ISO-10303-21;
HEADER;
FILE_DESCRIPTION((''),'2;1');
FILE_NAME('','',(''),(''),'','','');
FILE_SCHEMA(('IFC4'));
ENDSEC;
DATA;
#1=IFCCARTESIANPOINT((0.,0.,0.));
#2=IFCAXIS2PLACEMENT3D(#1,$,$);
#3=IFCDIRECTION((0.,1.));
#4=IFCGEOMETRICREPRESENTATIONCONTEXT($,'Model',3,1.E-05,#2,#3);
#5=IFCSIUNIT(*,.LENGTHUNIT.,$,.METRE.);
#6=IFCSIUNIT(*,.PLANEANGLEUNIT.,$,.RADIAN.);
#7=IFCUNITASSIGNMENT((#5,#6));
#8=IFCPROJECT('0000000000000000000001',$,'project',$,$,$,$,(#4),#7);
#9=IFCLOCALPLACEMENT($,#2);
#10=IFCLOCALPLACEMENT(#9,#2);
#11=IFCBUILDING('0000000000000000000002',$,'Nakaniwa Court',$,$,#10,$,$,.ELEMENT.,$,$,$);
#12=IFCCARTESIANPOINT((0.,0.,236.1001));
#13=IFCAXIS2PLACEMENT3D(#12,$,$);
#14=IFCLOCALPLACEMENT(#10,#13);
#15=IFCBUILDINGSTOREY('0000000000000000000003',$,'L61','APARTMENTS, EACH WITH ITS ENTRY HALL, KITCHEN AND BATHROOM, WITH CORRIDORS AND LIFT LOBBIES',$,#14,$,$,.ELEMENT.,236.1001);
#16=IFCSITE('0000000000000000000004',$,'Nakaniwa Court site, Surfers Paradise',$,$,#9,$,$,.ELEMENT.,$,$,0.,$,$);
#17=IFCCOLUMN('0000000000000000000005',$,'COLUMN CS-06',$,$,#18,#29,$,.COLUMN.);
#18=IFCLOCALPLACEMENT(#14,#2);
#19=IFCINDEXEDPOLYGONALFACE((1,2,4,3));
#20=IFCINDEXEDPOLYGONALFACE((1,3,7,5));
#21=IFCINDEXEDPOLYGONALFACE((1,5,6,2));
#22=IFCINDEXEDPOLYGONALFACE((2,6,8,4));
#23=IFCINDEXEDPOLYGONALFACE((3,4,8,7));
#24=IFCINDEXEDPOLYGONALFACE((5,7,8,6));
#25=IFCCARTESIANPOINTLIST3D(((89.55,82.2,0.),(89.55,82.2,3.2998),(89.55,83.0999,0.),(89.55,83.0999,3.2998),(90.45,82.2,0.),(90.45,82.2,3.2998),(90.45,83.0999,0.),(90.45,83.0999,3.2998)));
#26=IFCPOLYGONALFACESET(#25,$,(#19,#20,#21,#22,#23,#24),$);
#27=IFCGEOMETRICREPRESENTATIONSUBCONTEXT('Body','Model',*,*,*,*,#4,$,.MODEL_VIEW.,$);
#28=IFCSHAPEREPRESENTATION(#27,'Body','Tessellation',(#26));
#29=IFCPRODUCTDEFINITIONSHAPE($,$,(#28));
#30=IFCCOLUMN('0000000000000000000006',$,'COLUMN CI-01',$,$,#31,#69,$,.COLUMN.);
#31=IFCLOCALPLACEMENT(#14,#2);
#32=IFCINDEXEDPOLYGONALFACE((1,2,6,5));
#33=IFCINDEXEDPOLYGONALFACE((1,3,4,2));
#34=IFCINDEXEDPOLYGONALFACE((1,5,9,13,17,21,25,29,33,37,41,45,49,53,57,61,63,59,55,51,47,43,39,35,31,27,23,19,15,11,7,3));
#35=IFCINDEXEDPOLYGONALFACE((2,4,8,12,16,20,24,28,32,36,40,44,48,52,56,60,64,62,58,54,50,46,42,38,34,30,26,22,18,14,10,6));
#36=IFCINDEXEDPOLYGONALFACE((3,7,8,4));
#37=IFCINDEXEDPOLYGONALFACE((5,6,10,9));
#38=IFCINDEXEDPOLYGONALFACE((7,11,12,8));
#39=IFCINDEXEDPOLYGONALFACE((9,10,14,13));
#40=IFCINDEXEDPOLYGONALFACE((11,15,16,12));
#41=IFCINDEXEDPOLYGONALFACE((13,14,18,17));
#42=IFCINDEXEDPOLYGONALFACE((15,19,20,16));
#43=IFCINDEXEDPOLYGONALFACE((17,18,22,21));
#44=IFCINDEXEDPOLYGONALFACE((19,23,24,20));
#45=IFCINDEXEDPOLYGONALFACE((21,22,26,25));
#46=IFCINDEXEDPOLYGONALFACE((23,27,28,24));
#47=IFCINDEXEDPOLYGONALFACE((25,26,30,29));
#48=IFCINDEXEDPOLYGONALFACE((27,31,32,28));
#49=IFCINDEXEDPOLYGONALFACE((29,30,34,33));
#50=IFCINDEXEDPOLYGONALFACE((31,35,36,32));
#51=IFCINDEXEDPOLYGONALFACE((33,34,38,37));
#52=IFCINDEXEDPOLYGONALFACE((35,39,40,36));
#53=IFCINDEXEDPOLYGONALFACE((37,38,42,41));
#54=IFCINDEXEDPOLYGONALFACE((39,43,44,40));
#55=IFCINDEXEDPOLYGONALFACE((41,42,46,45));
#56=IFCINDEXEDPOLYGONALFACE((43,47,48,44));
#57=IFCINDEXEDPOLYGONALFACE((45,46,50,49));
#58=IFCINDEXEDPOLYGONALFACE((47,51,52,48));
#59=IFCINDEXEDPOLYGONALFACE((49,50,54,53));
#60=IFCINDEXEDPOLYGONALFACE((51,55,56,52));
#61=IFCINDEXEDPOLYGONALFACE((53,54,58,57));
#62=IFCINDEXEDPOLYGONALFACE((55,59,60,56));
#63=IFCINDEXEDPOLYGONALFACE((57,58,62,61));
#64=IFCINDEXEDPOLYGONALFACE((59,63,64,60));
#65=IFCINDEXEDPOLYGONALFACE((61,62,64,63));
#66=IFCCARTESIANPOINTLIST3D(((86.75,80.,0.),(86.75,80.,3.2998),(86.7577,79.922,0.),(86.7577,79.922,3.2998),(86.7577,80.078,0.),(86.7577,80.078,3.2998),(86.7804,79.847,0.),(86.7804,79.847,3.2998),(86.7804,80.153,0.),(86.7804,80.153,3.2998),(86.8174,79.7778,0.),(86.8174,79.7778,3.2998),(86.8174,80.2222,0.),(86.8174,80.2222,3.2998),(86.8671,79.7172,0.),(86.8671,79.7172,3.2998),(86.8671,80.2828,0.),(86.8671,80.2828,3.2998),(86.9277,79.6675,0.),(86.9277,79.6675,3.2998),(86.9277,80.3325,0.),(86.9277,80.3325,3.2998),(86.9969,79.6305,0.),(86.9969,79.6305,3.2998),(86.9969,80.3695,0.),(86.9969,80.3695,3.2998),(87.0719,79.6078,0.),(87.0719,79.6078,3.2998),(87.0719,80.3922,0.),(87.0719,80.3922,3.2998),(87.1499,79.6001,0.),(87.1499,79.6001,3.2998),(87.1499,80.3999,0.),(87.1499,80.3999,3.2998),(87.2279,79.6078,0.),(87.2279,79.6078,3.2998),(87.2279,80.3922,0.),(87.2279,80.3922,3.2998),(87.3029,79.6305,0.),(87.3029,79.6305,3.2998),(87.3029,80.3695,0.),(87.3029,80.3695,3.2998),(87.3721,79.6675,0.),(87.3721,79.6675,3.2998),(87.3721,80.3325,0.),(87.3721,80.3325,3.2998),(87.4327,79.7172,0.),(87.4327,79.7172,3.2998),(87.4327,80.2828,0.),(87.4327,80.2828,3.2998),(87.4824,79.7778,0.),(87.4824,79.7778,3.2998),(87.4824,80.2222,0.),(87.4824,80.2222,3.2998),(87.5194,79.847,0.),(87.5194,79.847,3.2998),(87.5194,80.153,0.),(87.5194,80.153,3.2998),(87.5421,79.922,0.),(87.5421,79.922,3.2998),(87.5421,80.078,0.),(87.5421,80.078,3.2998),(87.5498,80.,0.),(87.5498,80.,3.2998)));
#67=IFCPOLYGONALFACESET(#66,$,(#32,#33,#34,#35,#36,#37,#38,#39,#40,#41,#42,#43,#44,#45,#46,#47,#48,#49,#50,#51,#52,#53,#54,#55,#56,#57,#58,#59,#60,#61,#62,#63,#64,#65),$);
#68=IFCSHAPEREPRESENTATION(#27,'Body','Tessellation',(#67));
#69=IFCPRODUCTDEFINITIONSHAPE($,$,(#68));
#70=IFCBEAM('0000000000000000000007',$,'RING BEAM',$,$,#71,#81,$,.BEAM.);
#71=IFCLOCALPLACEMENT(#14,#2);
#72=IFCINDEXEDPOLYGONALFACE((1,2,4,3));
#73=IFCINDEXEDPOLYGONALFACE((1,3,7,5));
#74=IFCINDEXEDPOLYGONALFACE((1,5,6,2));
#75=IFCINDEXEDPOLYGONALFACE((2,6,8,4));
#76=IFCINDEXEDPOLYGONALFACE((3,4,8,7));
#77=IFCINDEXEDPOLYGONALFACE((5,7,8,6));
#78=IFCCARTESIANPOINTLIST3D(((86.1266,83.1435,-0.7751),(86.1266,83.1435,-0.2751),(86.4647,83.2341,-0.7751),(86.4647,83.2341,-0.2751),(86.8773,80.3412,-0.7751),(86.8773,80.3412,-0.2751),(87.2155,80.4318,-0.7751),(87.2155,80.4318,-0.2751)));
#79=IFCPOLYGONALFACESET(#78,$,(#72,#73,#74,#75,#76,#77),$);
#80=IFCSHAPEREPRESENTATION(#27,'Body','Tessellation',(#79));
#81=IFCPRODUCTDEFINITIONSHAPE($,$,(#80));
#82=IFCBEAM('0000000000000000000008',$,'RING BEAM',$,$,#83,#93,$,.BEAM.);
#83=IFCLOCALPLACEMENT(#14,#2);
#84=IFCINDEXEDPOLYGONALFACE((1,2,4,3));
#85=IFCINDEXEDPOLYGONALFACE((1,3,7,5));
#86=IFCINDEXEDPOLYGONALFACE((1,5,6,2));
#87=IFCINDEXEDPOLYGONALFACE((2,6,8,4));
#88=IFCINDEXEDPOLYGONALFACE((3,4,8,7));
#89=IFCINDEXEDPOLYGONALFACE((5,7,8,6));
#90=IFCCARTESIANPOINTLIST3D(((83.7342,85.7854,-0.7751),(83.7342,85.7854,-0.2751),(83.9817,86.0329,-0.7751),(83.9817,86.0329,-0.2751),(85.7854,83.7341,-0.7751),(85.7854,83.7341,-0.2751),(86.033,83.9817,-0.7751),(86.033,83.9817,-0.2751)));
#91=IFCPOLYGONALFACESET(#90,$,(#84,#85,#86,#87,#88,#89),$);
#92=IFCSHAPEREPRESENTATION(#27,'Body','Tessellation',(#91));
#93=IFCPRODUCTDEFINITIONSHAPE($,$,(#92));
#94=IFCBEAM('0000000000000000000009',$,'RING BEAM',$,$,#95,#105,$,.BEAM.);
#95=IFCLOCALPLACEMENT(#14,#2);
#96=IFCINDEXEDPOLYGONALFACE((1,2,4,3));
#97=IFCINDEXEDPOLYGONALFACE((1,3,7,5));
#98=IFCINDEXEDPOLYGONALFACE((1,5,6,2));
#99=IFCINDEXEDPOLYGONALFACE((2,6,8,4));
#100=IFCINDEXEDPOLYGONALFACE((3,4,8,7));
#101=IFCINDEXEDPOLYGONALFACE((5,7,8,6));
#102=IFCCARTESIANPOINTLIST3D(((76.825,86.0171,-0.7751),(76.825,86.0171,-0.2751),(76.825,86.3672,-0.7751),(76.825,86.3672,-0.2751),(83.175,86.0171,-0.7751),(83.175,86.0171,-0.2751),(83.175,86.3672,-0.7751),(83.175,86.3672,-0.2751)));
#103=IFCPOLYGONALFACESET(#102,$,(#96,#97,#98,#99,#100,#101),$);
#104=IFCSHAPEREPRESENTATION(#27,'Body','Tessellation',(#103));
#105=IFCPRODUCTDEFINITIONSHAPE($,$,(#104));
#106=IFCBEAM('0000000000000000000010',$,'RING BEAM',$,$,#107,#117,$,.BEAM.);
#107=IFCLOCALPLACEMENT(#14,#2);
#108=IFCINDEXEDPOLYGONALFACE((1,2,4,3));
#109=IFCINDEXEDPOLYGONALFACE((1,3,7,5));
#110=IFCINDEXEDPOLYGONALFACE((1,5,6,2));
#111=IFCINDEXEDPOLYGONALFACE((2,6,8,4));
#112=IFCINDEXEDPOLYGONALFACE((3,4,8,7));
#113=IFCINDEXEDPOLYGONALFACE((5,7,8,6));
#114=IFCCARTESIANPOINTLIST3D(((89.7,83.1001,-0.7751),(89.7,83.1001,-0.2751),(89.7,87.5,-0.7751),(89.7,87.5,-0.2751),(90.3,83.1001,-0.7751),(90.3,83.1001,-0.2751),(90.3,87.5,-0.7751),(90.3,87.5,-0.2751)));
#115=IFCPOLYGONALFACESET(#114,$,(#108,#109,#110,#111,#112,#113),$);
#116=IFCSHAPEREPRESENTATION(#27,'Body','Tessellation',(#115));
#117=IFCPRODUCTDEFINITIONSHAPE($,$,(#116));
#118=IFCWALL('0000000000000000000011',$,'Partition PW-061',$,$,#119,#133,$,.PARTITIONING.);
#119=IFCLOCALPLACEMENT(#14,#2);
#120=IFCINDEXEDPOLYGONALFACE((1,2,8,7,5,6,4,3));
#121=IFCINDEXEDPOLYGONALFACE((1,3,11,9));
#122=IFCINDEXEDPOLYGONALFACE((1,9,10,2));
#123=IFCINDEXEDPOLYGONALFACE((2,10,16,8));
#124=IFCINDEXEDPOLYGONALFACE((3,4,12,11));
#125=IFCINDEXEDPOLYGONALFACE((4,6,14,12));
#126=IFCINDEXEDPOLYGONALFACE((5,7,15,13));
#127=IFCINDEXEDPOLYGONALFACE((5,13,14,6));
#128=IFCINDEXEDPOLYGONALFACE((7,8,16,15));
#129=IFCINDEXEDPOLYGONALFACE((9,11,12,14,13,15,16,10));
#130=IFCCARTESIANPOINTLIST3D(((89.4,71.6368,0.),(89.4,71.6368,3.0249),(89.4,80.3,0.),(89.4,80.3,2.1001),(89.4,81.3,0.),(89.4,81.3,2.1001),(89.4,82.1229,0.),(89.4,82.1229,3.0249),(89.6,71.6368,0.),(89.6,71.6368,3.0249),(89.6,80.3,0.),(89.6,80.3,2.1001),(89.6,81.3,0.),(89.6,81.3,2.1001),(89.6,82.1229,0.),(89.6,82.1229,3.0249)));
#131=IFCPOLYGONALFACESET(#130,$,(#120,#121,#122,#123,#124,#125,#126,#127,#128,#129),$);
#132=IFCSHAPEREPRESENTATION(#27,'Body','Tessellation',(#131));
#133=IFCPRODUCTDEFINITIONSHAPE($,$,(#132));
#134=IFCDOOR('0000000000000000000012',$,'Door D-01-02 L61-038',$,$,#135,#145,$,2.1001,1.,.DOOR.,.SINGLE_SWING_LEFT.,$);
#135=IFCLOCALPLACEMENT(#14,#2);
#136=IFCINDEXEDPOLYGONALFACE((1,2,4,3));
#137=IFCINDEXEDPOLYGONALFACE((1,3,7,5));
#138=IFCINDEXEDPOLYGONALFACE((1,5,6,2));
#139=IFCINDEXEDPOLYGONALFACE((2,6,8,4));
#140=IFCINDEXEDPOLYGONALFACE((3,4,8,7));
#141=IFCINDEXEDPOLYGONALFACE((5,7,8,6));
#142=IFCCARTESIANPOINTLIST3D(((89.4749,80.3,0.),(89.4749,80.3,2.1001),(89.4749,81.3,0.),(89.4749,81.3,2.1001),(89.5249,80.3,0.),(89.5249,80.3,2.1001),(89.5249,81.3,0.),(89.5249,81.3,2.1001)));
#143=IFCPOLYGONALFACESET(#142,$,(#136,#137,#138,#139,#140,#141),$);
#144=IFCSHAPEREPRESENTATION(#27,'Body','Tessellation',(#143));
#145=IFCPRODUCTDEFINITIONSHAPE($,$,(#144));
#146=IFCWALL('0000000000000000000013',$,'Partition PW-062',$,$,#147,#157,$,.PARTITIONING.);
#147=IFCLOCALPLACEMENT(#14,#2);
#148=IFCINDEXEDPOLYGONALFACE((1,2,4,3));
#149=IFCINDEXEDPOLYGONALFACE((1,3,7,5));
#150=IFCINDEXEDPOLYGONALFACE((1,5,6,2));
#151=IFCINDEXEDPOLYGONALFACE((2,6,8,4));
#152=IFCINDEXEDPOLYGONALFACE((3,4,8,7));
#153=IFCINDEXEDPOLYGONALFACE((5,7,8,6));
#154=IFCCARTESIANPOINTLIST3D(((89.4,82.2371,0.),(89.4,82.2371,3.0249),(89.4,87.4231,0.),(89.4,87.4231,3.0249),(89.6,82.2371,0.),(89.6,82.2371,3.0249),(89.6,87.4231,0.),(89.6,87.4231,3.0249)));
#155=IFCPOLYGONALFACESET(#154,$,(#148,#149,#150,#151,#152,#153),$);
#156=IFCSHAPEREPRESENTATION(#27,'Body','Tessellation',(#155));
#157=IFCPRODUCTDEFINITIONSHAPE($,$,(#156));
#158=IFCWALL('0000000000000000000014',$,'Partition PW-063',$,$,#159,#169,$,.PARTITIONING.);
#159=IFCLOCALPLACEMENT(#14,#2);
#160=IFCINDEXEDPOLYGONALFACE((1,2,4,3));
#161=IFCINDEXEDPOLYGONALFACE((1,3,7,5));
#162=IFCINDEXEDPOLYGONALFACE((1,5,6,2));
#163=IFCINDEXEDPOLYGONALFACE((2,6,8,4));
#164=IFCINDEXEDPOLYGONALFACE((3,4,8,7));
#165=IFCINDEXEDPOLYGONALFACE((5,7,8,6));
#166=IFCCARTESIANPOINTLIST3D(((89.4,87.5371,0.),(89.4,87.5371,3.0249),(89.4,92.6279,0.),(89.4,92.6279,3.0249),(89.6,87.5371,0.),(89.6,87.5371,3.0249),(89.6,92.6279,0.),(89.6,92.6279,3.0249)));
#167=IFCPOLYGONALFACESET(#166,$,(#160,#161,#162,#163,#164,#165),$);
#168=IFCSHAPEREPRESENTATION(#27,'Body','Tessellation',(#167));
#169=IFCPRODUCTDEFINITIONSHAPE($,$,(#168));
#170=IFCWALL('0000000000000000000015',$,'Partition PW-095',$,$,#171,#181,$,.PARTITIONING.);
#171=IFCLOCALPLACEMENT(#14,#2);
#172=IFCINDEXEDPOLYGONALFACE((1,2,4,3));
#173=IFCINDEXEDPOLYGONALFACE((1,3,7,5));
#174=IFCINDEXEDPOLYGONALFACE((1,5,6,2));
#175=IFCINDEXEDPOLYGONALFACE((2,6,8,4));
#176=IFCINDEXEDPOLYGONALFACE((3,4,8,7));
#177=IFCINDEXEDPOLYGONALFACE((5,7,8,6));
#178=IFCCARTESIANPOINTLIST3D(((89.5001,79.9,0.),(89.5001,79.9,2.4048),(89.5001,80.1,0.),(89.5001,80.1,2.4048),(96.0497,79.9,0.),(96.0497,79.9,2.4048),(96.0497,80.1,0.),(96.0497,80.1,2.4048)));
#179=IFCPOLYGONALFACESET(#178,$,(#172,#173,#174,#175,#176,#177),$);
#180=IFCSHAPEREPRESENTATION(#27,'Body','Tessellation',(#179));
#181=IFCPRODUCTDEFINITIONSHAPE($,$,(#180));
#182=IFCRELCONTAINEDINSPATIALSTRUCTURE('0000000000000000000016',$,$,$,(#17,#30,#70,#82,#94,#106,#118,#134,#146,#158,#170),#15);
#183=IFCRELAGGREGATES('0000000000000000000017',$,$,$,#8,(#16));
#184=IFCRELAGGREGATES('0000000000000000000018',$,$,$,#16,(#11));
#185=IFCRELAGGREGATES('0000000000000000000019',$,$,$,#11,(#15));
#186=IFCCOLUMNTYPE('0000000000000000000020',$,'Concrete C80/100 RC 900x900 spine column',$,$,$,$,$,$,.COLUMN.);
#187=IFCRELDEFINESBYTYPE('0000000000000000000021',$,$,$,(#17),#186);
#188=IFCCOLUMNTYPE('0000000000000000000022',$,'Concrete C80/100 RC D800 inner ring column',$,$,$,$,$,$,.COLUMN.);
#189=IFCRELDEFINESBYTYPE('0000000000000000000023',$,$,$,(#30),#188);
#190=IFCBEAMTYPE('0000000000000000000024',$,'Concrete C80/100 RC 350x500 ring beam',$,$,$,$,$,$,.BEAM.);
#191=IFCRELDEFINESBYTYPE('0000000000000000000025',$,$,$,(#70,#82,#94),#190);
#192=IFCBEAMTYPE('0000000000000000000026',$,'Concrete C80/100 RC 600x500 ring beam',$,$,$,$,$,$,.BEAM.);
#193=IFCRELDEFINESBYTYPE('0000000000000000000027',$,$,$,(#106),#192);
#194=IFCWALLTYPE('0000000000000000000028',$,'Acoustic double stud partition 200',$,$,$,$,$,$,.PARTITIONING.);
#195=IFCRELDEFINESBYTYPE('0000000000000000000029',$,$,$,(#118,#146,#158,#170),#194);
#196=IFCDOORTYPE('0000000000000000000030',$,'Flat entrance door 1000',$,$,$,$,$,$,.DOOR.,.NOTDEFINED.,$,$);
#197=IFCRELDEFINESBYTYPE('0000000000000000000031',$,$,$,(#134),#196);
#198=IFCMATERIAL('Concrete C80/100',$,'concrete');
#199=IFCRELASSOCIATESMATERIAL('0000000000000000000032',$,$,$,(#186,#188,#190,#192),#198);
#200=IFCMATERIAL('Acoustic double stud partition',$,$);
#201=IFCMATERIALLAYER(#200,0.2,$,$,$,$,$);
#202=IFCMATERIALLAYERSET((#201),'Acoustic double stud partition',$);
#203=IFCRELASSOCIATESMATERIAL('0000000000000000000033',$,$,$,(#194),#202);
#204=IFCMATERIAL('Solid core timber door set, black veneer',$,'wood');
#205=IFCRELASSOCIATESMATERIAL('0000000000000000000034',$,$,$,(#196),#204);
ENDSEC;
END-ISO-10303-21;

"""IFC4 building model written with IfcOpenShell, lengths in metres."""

from ifc_helpers import new_model, si_unit, direction, frame, frame_2d, origin, origin_2d, place, context, subcontext, project, spatial, rectangle, circle, extrude, material, layer, layer_set, material_profile, profile_set, type_object, element, fill, save


model = new_model("IFC4")

# Units and contexts
model_context = context("Model", 3, precision=1e-05, world=origin(), true_north=direction((0.0, 1.0)))
body_context = subcontext(model_context, "Body", "Model", "MODEL_VIEW")
ifc_project = project(units=[si_unit("LENGTHUNIT", "METRE"), si_unit("PLANEANGLEUNIT", "RADIAN")], contexts=[model_context])

# Site, building, storey
site_placement = place(None, origin())
site = spatial("IfcSite", under=ifc_project, at=site_placement, Name="Nakaniwa Court site, Surfers Paradise", CompositionType="ELEMENT", RefElevation=0.0)
building_placement = place(site_placement, origin())
building = spatial("IfcBuilding", under=site, at=building_placement, Name="Nakaniwa Court", CompositionType="ELEMENT")
storey_placement = place(building_placement, frame((0.0, 0.0, 236.1001)))
storey = spatial("IfcBuildingStorey", under=building, at=storey_placement, Name="L61", Description="APARTMENTS, EACH WITH ITS ENTRY HALL, KITCHEN AND BATHROOM, WITH CORRIDORS AND LIFT LOBBIES", CompositionType="ELEMENT", Elevation=236.1001)

# Columns
ifc_material_1 = material(Name="Concrete C80/100", Category="concrete")
ifc_material_profile_1 = material_profile(ifc_material_1, rectangle(XDim=0.8999, YDim=0.8999, at=origin_2d()), Name="Concrete C80/100 RC 900x900 spine column")
ifc_profile_set_1 = profile_set([ifc_material_profile_1], Name="Concrete C80/100")
column_type_1 = type_object("IfcColumnType", Name="Concrete C80/100 RC 900x900 spine column", PredefinedType="COLUMN", material=ifc_profile_set_1)
column_placement = place(storey_placement, frame((90.0, 82.6499, 0.0), z_axis=(0.0, 0.0, 1.0), x_axis=(0.0, 1.0, 0.0)))
element("IfcColumn", 1, at=column_placement, inside=storey, type_object=column_type_1, Name="COLUMN CS-06", PredefinedType="COLUMN", context=body_context, shape_type="SweptSolid", body=[
    extrude(rectangle(XDim=0.8999, YDim=0.8999, at=origin_2d()), origin(), (0.0, 0.0, 1.0), 3.2998),
])
ifc_material_profile_2 = material_profile(ifc_material_1, circle(Radius=0.3999, at=origin_2d()), Name="Concrete C80/100 RC D800 inner ring column")
ifc_profile_set_2 = profile_set([ifc_material_profile_2], Name="Concrete C80/100")
column_type_2 = type_object("IfcColumnType", Name="Concrete C80/100 RC D800 inner ring column", PredefinedType="COLUMN", material=ifc_profile_set_2)
for number, where, z_axis, x_axis, name in (
    (2, (87.1499, 80.0, 0.0), (0.0, 0.0, 1.0), (0.0, 1.0, 0.0), "COLUMN CI-01"),
):
    element("IfcColumn", number, at=place(storey_placement, frame(where, z_axis=z_axis, x_axis=x_axis)), inside=storey, type_object=column_type_2, Name=name, PredefinedType="COLUMN", context=body_context, shape_type="SweptSolid", body=[
        extrude(circle(Radius=0.3999, at=origin_2d()), origin(), (0.0, 0.0, 1.0), 3.2998),
    ])

# Beams
ifc_material_profile_3 = material_profile(ifc_material_1, rectangle(XDim=0.3501, YDim=0.5, at=origin_2d()), Name="Concrete C80/100 RC 350x500 ring beam")
ifc_profile_set_3 = profile_set([ifc_material_profile_3], Name="Concrete C80/100")
beam_type_1 = type_object("IfcBeamType", Name="Concrete C80/100 RC 350x500 ring beam", PredefinedType="BEAM", material=ifc_profile_set_3)
beam_1_placement = place(storey_placement, frame((87.0464, 80.3865, -0.5251), z_axis=(-0.258778, 0.965937, 0.0), x_axis=(-0.965937, -0.258778, 0.0)))
element("IfcBeam", 3, at=beam_1_placement, inside=storey, type_object=beam_type_1, Name="RING BEAM", PredefinedType="BEAM", context=body_context, shape_type="SweptSolid", body=[
    extrude(rectangle(XDim=0.3501, YDim=0.5, at=origin_2d()), origin(), (0.0, 0.0, 1.0), 2.9011),
])
beam_2_placement = place(storey_placement, frame((85.9092, 83.8579, -0.5251), z_axis=(-0.707107, 0.707107, 0.0), x_axis=(-0.707107, -0.707107, 0.0)))
element("IfcBeam", 4, at=beam_2_placement, inside=storey, type_object=beam_type_1, Name="RING BEAM", PredefinedType="BEAM", context=body_context, shape_type="SweptSolid", body=[
    extrude(rectangle(XDim=0.3501, YDim=0.5, at=origin_2d()), origin(), (0.0, 0.0, 1.0), 2.9009),
])
beam_3_placement = place(storey_placement, frame((83.175, 86.1921, -0.5251), z_axis=(-1.0, 0.0, 0.0), x_axis=(0.0, -1.0, 0.0)))
element("IfcBeam", 5, at=beam_3_placement, inside=storey, type_object=beam_type_1, Name="RING BEAM", PredefinedType="BEAM", context=body_context, shape_type="SweptSolid", body=[
    extrude(rectangle(XDim=0.3501, YDim=0.5, at=origin_2d()), origin(), (0.0, 0.0, 1.0), 6.3501),
])
ifc_material_profile_4 = material_profile(ifc_material_1, rectangle(XDim=0.6001, YDim=0.5, at=origin_2d()), Name="Concrete C80/100 RC 600x500 ring beam")
ifc_profile_set_4 = profile_set([ifc_material_profile_4], Name="Concrete C80/100")
beam_type_2 = type_object("IfcBeamType", Name="Concrete C80/100 RC 600x500 ring beam", PredefinedType="BEAM", material=ifc_profile_set_4)
beam_4_placement = place(storey_placement, frame((90.0, 83.1001, -0.5251), z_axis=(0.0, 1.0, 0.0), x_axis=(-1.0, 0.0, 0.0)))
element("IfcBeam", 6, at=beam_4_placement, inside=storey, type_object=beam_type_2, Name="RING BEAM", PredefinedType="BEAM", context=body_context, shape_type="SweptSolid", body=[
    extrude(rectangle(XDim=0.6001, YDim=0.5, at=origin_2d()), origin(), (0.0, 0.0, 1.0), 4.3999),
])

# Wall, opening, door
ifc_material_2 = material(Name="Acoustic double stud partition")
ifc_layer_1 = layer(ifc_material_2, 0.2)
ifc_layer_set_1 = layer_set([ifc_layer_1], Name="Acoustic double stud partition")
wall_type_1 = type_object("IfcWallType", Name="Acoustic double stud partition 200", PredefinedType="PARTITIONING", material=ifc_layer_set_1)
wall_1_placement = place(storey_placement, frame((89.5, 82.123, 0.0), z_axis=(0.0, 0.0, 1.0), x_axis=(0.0, -1.0, 0.0)))
wall_1 = element("IfcWall", 7, at=wall_1_placement, inside=storey, type_object=wall_type_1, Name="Partition PW-061", PredefinedType="PARTITIONING", context=body_context, shape_type="SweptSolid", body=[
    extrude(rectangle(XDim=10.4861, YDim=0.2, at=frame_2d((5.2432, 0.0))), origin(), (0.0, 0.0, 1.0), 3.0249),
])
opening_1_placement = place(wall_1_placement, frame((0.823, 0.0, 0.0)))
opening_1 = element("IfcOpeningElement", 8, at=opening_1_placement, cuts=wall_1, PredefinedType="OPENING", context=body_context, shape_type="SweptSolid", body=[
    extrude(rectangle(XDim=1.0, YDim=2.1001, at=frame_2d((0.5, 1.05))), frame((0.0, 0.1099, 0.0), z_axis=(0.0, -1.0, 0.0), x_axis=(1.0, 0.0, 0.0)), (0.0, 0.0, 1.0), 0.22),
])
ifc_material_3 = material(Name="Solid core timber door set, black veneer", Category="wood")
door_type_1 = type_object("IfcDoorType", Name="Flat entrance door 1000", OperationType="NOTDEFINED", PredefinedType="DOOR", material=ifc_material_3)
door_1_placement = place(opening_1_placement, origin())
door_1 = element("IfcDoor", 9, at=door_1_placement, inside=storey, type_object=door_type_1, Name="Door D-01-02 L61-038", OperationType="SINGLE_SWING_LEFT", OverallHeight=2.1001, OverallWidth=1.0, PredefinedType="DOOR", context=body_context, shape_type="SweptSolid", body=[
    extrude(rectangle(XDim=1.0, YDim=2.1001, at=frame_2d((0.5, 1.05))), frame((0.0, 0.0249, 0.0), z_axis=(0.0, -1.0, 0.0), x_axis=(1.0, 0.0, 0.0)), (0.0, 0.0, 1.0), 0.05),
])
fill(opening_1, door_1)

# Walls
wall_2_placement = place(storey_placement, frame((89.5, 82.2371, 0.0), z_axis=(0.0, 0.0, 1.0), x_axis=(0.0, 1.0, 0.0)))
element("IfcWall", 10, at=wall_2_placement, inside=storey, type_object=wall_type_1, Name="Partition PW-062", PredefinedType="PARTITIONING", context=body_context, shape_type="SweptSolid", body=[
    extrude(rectangle(XDim=5.186, YDim=0.2, at=frame_2d((2.593, 0.0))), origin(), (0.0, 0.0, 1.0), 3.0249),
])
wall_3_placement = place(storey_placement, frame((89.5, 87.5371, 0.0), z_axis=(0.0, 0.0, 1.0), x_axis=(0.0, 1.0, 0.0)))
element("IfcWall", 11, at=wall_3_placement, inside=storey, type_object=wall_type_1, Name="Partition PW-063", PredefinedType="PARTITIONING", context=body_context, shape_type="SweptSolid", body=[
    extrude(rectangle(XDim=5.0908, YDim=0.2, at=frame_2d((2.5454, 0.0))), origin(), (0.0, 0.0, 1.0), 3.0249),
])
wall_4_placement = place(storey_placement, frame((89.5, 80.0, 0.0), z_axis=(0.0, 0.0, 1.0), x_axis=(1.0, 0.0, 0.0)))
element("IfcWall", 12, at=wall_4_placement, inside=storey, type_object=wall_type_1, Name="Partition PW-095", PredefinedType="PARTITIONING", context=body_context, shape_type="SweptSolid", body=[
    extrude(rectangle(XDim=6.5496, YDim=0.2, at=frame_2d((3.2749, 0.0))), origin(), (0.0, 0.0, 1.0), 2.4048),
])

save(model, "model.ifc")
